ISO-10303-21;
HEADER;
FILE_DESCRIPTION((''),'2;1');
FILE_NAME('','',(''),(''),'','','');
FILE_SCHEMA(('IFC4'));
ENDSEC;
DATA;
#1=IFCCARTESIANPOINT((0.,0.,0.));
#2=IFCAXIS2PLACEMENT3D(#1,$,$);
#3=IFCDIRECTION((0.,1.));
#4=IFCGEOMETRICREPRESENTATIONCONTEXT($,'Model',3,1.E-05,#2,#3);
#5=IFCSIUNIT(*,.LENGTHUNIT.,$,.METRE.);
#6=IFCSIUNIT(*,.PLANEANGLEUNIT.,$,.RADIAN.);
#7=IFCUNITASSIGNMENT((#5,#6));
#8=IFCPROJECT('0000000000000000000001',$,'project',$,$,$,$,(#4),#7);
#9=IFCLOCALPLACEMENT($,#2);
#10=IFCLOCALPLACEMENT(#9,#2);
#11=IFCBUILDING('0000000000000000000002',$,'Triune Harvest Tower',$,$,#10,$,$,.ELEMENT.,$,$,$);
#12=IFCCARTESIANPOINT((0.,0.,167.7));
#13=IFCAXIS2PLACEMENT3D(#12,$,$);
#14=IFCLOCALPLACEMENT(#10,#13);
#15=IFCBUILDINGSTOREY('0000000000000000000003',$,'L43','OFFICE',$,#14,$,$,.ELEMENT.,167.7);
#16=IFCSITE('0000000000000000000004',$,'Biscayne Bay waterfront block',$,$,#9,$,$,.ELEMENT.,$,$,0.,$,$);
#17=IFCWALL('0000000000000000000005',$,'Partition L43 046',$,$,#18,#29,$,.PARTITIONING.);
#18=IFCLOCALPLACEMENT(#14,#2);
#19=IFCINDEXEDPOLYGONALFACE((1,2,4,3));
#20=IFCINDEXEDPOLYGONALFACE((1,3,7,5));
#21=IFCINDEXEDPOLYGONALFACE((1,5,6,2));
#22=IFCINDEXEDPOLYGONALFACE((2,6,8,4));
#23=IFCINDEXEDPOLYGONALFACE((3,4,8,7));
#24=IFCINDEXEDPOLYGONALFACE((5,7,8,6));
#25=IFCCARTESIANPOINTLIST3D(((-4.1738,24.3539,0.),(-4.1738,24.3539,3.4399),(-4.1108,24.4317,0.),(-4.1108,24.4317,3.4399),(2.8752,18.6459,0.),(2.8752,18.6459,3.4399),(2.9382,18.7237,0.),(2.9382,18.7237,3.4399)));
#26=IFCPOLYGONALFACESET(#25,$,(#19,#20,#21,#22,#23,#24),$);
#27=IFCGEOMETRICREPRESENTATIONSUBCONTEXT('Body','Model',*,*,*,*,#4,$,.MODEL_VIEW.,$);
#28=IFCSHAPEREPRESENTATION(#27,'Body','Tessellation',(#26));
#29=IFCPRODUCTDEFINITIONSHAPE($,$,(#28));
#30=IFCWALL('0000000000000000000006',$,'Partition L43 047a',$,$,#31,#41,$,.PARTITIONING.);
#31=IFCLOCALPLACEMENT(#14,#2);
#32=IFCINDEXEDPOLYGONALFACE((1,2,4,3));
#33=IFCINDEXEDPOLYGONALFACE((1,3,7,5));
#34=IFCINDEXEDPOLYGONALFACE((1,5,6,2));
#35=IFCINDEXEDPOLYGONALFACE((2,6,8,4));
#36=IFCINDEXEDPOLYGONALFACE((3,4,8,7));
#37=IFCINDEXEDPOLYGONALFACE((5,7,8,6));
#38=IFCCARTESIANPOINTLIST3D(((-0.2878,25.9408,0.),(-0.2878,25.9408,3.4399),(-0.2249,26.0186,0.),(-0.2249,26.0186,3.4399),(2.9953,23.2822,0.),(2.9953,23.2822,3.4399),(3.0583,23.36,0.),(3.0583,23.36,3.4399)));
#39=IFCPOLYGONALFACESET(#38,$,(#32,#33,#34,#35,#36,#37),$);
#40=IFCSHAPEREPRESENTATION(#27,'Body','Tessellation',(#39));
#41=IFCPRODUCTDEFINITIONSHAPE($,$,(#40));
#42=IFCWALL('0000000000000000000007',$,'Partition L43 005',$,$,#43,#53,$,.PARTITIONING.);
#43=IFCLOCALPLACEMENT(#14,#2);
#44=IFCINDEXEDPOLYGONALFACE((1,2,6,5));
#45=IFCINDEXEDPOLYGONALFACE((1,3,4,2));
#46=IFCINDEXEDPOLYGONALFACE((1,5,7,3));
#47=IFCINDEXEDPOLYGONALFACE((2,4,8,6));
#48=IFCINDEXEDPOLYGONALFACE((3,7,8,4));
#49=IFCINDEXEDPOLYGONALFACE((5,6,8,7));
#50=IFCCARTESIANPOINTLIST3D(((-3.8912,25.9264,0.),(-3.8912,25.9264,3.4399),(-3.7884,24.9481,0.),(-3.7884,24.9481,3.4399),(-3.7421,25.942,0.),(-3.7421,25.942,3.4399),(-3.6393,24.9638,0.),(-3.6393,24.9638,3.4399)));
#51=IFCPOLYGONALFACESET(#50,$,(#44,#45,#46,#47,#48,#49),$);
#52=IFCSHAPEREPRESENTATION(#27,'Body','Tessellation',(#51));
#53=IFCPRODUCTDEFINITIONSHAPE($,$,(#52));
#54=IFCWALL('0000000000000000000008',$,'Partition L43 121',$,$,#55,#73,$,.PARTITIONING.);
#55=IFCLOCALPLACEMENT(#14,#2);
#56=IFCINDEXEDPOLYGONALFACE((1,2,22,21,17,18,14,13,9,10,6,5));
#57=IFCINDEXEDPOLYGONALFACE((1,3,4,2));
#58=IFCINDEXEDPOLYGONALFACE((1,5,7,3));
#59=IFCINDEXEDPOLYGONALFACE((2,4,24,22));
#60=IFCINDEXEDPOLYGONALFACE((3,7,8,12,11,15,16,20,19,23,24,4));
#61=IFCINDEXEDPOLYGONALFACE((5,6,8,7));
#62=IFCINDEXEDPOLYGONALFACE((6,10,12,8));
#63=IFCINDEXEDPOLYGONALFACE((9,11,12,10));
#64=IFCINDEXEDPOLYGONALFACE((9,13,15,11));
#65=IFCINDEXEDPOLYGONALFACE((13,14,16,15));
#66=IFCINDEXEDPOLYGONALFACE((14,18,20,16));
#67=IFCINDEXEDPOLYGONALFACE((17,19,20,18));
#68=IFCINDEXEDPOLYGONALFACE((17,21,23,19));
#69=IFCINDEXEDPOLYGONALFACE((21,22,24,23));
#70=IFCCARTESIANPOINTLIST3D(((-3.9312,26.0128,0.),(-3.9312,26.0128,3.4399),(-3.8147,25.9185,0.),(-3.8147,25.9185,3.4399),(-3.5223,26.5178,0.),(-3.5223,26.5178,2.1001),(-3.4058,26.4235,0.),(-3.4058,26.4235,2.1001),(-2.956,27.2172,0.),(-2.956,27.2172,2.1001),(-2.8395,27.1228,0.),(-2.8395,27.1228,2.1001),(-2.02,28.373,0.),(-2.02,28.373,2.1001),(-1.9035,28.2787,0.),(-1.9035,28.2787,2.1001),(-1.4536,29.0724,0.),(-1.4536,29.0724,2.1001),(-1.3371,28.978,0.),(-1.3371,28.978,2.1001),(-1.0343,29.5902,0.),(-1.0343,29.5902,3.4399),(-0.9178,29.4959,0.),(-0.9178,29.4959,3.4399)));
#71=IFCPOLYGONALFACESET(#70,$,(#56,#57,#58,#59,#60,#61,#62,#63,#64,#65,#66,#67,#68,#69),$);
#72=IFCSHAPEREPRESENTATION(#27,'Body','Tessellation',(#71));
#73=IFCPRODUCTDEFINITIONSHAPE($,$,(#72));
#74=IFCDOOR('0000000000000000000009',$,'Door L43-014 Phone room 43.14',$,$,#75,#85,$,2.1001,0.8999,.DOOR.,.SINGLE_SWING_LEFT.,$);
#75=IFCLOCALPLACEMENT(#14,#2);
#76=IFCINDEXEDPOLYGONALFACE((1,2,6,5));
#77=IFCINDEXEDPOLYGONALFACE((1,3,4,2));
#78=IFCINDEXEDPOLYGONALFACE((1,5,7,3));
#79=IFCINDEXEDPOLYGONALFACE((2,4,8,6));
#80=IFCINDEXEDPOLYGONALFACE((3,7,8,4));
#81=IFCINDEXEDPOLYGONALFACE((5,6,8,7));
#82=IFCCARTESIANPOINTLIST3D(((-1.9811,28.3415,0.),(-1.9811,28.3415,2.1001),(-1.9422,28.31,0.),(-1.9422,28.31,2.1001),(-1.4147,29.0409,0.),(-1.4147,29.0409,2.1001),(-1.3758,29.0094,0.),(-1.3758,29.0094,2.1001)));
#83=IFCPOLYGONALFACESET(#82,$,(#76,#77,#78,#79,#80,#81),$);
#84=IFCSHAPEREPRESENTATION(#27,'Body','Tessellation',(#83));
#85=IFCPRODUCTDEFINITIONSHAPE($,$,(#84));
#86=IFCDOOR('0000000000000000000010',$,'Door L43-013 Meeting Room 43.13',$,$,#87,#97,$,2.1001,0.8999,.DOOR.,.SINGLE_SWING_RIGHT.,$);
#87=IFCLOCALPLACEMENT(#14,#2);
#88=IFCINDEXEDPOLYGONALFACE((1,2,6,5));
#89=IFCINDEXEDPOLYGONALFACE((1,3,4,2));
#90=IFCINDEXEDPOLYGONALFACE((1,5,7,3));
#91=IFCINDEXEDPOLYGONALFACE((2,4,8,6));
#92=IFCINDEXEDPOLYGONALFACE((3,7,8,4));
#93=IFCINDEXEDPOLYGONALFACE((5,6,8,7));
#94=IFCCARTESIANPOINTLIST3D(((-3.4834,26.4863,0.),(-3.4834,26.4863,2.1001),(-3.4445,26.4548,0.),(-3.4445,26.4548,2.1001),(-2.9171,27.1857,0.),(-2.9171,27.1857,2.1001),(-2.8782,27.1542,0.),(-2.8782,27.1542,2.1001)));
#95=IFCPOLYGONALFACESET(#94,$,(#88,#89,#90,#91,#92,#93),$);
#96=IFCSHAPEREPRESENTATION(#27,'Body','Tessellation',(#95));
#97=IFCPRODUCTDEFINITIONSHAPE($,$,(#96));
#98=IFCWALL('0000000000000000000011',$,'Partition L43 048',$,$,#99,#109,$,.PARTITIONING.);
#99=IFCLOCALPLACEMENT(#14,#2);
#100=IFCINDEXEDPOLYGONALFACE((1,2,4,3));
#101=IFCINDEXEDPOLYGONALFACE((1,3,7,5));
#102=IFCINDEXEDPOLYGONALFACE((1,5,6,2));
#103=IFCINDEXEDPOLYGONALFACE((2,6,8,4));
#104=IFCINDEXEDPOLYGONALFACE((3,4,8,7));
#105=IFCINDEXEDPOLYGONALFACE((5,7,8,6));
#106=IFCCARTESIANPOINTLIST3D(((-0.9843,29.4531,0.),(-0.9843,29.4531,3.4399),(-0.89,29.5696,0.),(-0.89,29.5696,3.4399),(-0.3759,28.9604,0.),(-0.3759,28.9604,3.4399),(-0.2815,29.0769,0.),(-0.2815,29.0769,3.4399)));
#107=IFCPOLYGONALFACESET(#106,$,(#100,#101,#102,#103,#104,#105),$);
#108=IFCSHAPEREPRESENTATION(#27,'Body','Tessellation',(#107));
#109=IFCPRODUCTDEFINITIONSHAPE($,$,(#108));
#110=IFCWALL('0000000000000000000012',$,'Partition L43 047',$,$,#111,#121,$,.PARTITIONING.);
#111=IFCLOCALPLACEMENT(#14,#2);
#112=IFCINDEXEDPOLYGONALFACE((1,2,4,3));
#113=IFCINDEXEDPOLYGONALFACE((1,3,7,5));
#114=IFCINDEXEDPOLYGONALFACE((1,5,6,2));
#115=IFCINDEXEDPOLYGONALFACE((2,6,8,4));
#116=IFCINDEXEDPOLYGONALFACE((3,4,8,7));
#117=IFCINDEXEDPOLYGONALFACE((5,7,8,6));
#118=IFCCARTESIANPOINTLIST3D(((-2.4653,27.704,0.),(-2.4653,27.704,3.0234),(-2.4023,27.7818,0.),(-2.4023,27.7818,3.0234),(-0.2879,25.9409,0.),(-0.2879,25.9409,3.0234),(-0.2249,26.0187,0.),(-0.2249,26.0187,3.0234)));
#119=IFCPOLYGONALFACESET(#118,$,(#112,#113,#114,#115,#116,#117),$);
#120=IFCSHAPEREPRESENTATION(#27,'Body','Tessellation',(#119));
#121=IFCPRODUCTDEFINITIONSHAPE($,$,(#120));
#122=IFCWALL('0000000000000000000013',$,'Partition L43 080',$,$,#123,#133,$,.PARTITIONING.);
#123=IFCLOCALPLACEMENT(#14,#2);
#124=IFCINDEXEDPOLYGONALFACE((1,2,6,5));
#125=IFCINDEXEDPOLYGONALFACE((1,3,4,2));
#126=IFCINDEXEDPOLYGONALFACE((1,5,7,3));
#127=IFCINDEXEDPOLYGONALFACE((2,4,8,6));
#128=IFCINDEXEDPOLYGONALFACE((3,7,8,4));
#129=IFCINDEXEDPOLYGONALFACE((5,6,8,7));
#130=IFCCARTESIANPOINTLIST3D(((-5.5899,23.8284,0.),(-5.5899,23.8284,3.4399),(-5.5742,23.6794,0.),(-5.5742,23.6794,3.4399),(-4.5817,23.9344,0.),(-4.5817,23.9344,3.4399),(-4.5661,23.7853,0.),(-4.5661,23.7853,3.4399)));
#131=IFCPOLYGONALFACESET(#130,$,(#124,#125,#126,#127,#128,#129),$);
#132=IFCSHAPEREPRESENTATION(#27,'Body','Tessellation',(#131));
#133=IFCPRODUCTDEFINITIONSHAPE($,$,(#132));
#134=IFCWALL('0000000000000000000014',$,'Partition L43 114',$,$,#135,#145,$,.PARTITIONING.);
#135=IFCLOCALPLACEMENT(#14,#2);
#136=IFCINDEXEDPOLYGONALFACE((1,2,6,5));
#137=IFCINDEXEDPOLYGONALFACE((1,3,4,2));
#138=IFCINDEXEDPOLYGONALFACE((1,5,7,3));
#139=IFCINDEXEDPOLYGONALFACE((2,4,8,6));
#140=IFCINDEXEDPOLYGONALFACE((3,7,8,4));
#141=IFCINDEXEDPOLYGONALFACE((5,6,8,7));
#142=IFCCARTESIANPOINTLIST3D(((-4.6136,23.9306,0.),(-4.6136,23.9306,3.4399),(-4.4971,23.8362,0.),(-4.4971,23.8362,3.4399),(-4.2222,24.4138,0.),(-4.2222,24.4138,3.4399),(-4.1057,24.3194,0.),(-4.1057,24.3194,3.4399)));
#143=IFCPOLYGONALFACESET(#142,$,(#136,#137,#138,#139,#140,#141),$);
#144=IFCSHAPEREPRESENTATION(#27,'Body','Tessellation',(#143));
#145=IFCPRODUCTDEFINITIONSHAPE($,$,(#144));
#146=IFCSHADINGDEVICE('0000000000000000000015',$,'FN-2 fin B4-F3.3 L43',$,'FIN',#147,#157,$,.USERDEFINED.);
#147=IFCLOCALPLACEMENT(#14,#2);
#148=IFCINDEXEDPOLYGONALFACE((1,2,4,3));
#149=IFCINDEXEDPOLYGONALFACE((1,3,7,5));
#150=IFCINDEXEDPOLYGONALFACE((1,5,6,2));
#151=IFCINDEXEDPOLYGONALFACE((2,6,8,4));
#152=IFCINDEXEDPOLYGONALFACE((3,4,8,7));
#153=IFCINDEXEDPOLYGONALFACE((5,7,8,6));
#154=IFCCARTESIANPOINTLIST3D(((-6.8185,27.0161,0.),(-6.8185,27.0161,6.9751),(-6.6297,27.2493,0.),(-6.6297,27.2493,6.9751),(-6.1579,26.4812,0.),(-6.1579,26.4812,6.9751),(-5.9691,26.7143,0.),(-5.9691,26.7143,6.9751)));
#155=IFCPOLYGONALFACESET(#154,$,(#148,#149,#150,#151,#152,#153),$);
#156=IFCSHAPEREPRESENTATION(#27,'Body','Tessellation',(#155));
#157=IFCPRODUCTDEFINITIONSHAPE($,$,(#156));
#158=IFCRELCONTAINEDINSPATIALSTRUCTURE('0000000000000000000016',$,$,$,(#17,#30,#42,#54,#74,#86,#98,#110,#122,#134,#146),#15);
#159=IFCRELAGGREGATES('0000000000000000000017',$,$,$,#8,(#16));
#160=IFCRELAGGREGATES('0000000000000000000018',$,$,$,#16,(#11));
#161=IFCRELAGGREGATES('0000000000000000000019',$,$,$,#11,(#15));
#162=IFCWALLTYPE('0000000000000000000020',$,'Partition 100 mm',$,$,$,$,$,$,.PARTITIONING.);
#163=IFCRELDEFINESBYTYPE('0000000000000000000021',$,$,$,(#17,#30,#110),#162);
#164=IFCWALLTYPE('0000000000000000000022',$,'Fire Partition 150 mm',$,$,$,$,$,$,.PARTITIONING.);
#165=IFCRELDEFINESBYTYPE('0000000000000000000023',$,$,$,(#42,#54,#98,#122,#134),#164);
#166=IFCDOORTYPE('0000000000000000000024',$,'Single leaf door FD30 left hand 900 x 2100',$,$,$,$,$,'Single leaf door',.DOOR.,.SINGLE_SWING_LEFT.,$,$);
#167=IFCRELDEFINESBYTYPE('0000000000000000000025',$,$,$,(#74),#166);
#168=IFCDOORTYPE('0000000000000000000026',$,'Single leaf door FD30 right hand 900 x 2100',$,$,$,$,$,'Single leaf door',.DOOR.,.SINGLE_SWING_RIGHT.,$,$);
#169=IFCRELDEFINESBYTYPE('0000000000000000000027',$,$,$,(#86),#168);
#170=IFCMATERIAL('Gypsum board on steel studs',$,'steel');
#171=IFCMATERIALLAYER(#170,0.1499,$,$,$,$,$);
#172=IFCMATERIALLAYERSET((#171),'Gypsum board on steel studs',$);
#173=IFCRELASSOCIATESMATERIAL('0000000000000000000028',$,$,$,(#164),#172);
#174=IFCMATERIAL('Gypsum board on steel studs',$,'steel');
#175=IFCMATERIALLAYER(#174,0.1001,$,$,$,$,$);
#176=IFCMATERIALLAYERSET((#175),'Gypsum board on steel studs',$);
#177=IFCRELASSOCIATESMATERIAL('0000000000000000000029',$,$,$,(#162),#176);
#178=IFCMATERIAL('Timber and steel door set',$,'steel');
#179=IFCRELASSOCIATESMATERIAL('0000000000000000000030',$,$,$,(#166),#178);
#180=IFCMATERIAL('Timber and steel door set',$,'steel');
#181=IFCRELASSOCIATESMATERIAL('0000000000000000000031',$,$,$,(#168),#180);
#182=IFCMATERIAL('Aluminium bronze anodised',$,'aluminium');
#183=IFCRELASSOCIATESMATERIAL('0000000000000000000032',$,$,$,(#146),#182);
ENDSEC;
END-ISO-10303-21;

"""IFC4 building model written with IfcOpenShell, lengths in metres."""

from ifc_helpers import new_model, si_unit, direction, frame, frame_2d, origin, origin_2d, place, context, subcontext, project, spatial, rectangle, extrude, source, transform, mapped, material, layer, layer_set, type_object, element, fill, save


model = new_model("IFC4")

# Units and contexts
model_context = context("Model", 3, precision=1e-05, world=origin(), true_north=direction((0.0, 1.0)))
body_context = subcontext(model_context, "Body", "Model", "MODEL_VIEW")
ifc_project = project(units=[si_unit("LENGTHUNIT", "METRE"), si_unit("PLANEANGLEUNIT", "RADIAN")], contexts=[model_context])

# Site, building, storey
site_placement = place(None, origin())
site = spatial("IfcSite", under=ifc_project, at=site_placement, Name="Biscayne Bay waterfront block", CompositionType="ELEMENT", RefElevation=0.0)
building_placement = place(site_placement, origin())
building = spatial("IfcBuilding", under=site, at=building_placement, Name="Triune Harvest Tower", CompositionType="ELEMENT")
storey_placement = place(building_placement, frame((0.0, 0.0, 167.7)))
storey = spatial("IfcBuildingStorey", under=building, at=storey_placement, Name="L43", Description="OFFICE", CompositionType="ELEMENT", Elevation=167.7)

# Walls
ifc_material_1 = material(Name="Gypsum board on steel studs", Category="steel")
ifc_layer_1 = layer(ifc_material_1, 0.1499)
ifc_layer_set_1 = layer_set([ifc_layer_1], Name="Gypsum board on steel studs")
wall_type_1 = type_object("IfcWallType", Name="Fire Partition 150 mm", PredefinedType="PARTITIONING", material=ifc_layer_set_1)
ifc_material_2 = material(Name="Gypsum board on steel studs", Category="steel")
ifc_layer_2 = layer(ifc_material_2, 0.1001)
ifc_layer_set_2 = layer_set([ifc_layer_2], Name="Gypsum board on steel studs")
wall_type_2 = type_object("IfcWallType", Name="Partition 100 mm", PredefinedType="PARTITIONING", material=ifc_layer_set_2)
wall_1_placement = place(storey_placement, frame((-4.1423, 24.3928, 0.0), z_axis=(0.0, 0.0, 1.0), x_axis=(0.777158, -0.629306, 0.0)))
element("IfcWall", 1, at=wall_1_placement, inside=storey, type_object=wall_type_2, Name="Partition L43 046", PredefinedType="PARTITIONING", context=body_context, shape_type="SweptSolid", body=[
    extrude(rectangle(XDim=9.0703, YDim=0.1001, at=frame_2d((4.5352, 0.0))), origin(), (0.0, 0.0, 1.0), 3.4399),
])
wall_2_placement = place(storey_placement, frame((-0.2563, 25.9797, 0.0), z_axis=(0.0, 0.0, 1.0), x_axis=(0.777145, -0.629321, 0.0)))
element("IfcWall", 2, at=wall_2_placement, inside=storey, type_object=wall_type_2, Name="Partition L43 047a", PredefinedType="PARTITIONING", context=body_context, shape_type="SweptSolid", body=[
    extrude(rectangle(XDim=4.2246, YDim=0.1001, at=frame_2d((2.1123, 0.0))), origin(), (0.0, 0.0, 1.0), 3.4399),
])
shared_shape_1 = source(origin(), body_context, "Body", "SweptSolid", [
    extrude(rectangle(XDim=0.9836, YDim=0.1499, at=frame_2d((0.4917, 0.0))), origin(), (0.0, 0.0, 1.0), 3.4399),
])
wall_3_placement = place(storey_placement, frame((-3.8167, 25.9341, 0.0), z_axis=(0.0, 0.0, 1.0), x_axis=(0.104491, -0.994526, 0.0)))
element("IfcWall", 3, at=wall_3_placement, inside=storey, type_object=wall_type_1, Name="Partition L43 005", PredefinedType="PARTITIONING", context=body_context, shape_type="MappedRepresentation", body=[
    mapped(shared_shape_1, transform((0.0, 0.0, 0.0), scale=1.0)),
])

# Wall, openings, doors
shared_shape_2 = source(origin(), body_context, "Body", "SweptSolid", [
    extrude(rectangle(XDim=4.6033, YDim=0.1499, at=frame_2d((2.3018, 0.0))), origin(), (0.0, 0.0, 1.0), 3.4399),
])
wall_4_placement = place(storey_placement, frame((-3.873, 25.9656, 0.0), z_axis=(0.0, 0.0, 1.0), x_axis=(0.629328, 0.77714, 0.0)))
wall_4 = element("IfcWall", 4, at=wall_4_placement, inside=storey, type_object=wall_type_1, Name="Partition L43 121", PredefinedType="PARTITIONING", context=body_context, shape_type="MappedRepresentation", body=[
    mapped(shared_shape_2, transform((0.0, 0.0, 0.0), scale=1.0)),
])
opening_1_placement = place(wall_4_placement, frame((0.6499, 0.0, 0.0)))
opening_1 = element("IfcOpeningElement", 5, at=opening_1_placement, cuts=wall_4, PredefinedType="OPENING", context=body_context, shape_type="SweptSolid", body=[
    extrude(rectangle(XDim=0.8999, YDim=2.1001, at=frame_2d((0.45, 1.05))), frame((0.0, 0.085, 0.0), z_axis=(0.0, -1.0, 0.0), x_axis=(1.0, 0.0, 0.0)), (0.0, 0.0, 1.0), 0.1699),
])
opening_2_placement = place(wall_4_placement, frame((3.0371, 0.0, 0.0)))
opening_2 = element("IfcOpeningElement", 6, at=opening_2_placement, cuts=wall_4, PredefinedType="OPENING", context=body_context, shape_type="SweptSolid", body=[
    extrude(rectangle(XDim=0.8999, YDim=2.1001, at=frame_2d((0.45, 1.05))), frame((0.0, 0.085, 0.0), z_axis=(0.0, -1.0, 0.0), x_axis=(1.0, 0.0, 0.0)), (0.0, 0.0, 1.0), 0.1699),
])
ifc_material_3 = material(Name="Timber and steel door set", Category="steel")
door_type_1 = type_object("IfcDoorType", Name="Single leaf door FD30 left hand 900 x 2100", ElementType="Single leaf door", OperationType="SINGLE_SWING_LEFT", PredefinedType="DOOR", material=ifc_material_3)
door_1_placement = place(opening_2_placement, origin())
door_1 = element("IfcDoor", 7, at=door_1_placement, inside=storey, type_object=door_type_1, Name="Door L43-014 Phone room 43.14", OperationType="SINGLE_SWING_LEFT", OverallHeight=2.1001, OverallWidth=0.8999, PredefinedType="DOOR", context=body_context, shape_type="SweptSolid", body=[
    extrude(rectangle(XDim=0.8999, YDim=2.1001, at=frame_2d((0.45, 1.05))), frame((0.0, 0.0249, 0.0), z_axis=(0.0, -1.0, 0.0), x_axis=(1.0, 0.0, 0.0)), (0.0, 0.0, 1.0), 0.05),
])
fill(opening_2, door_1)
ifc_material_4 = material(Name="Timber and steel door set", Category="steel")
door_type_2 = type_object("IfcDoorType", Name="Single leaf door FD30 right hand 900 x 2100", ElementType="Single leaf door", OperationType="SINGLE_SWING_RIGHT", PredefinedType="DOOR", material=ifc_material_4)
door_2_placement = place(opening_1_placement, origin())
door_2 = element("IfcDoor", 8, at=door_2_placement, inside=storey, type_object=door_type_2, Name="Door L43-013 Meeting Room 43.13", OperationType="SINGLE_SWING_RIGHT", OverallHeight=2.1001, OverallWidth=0.8999, PredefinedType="DOOR", context=body_context, shape_type="SweptSolid", body=[
    extrude(rectangle(XDim=0.8999, YDim=2.1001, at=frame_2d((0.45, 1.05))), frame((0.0, 0.0249, 0.0), z_axis=(0.0, -1.0, 0.0), x_axis=(1.0, 0.0, 0.0)), (0.0, 0.0, 1.0), 0.05),
])
fill(opening_1, door_2)

# Walls
shared_shape_3 = source(origin(), body_context, "Body", "SweptSolid", [
    extrude(rectangle(XDim=0.783, YDim=0.1499, at=frame_2d((0.3916, 0.0))), origin(), (0.0, 0.0, 1.0), 3.4399),
])
wall_5_placement = place(storey_placement, frame((-0.9373, 29.5115, 0.0), z_axis=(0.0, 0.0, 1.0), x_axis=(0.777143, -0.629324, 0.0)))
element("IfcWall", 9, at=wall_5_placement, inside=storey, type_object=wall_type_1, Name="Partition L43 048", PredefinedType="PARTITIONING", context=body_context, shape_type="MappedRepresentation", body=[
    mapped(shared_shape_3, transform((0.0, 0.0, 0.0), scale=1.0)),
])
shared_shape_4 = source(origin(), body_context, "Body", "SweptSolid", [
    extrude(rectangle(XDim=2.8018, YDim=0.1001, at=frame_2d((1.4009, 0.0))), origin(), (0.0, 0.0, 1.0), 3.0234),
])
wall_6_placement = place(storey_placement, frame((-2.4338, 27.7429, 0.0), z_axis=(0.0, 0.0, 1.0), x_axis=(0.777166, -0.629296, 0.0)))
element("IfcWall", 10, at=wall_6_placement, inside=storey, type_object=wall_type_2, Name="Partition L43 047", PredefinedType="PARTITIONING", context=body_context, shape_type="MappedRepresentation", body=[
    mapped(shared_shape_4, transform((0.0, 0.0, 0.0), scale=1.0)),
])
shared_shape_5 = source(origin(), body_context, "Body", "SweptSolid", [
    extrude(rectangle(XDim=1.0137, YDim=0.1499, at=frame_2d((0.5068, 0.0))), origin(), (0.0, 0.0, 1.0), 3.4399),
])
wall_7_placement = place(storey_placement, frame((-5.582, 23.7539, 0.0), z_axis=(0.0, 0.0, 1.0), x_axis=(0.994521, 0.104534, 0.0)))
element("IfcWall", 11, at=wall_7_placement, inside=storey, type_object=wall_type_1, Name="Partition L43 080", PredefinedType="PARTITIONING", context=body_context, shape_type="MappedRepresentation", body=[
    mapped(shared_shape_5, transform((0.0, 0.0, 0.0), scale=1.0)),
])
shared_shape_6 = source(origin(), body_context, "Body", "SweptSolid", [
    extrude(rectangle(XDim=0.6218, YDim=0.1499, at=frame_2d((0.311, 0.0))), origin(), (0.0, 0.0, 1.0), 3.4399),
])
wall_8_placement = place(storey_placement, frame((-4.5554, 23.8833, 0.0), z_axis=(0.0, 0.0, 1.0), x_axis=(0.629424, 0.777062, 0.0)))
element("IfcWall", 12, at=wall_8_placement, inside=storey, type_object=wall_type_1, Name="Partition L43 114", PredefinedType="PARTITIONING", context=body_context, shape_type="MappedRepresentation", body=[
    mapped(shared_shape_6, transform((0.0, 0.0, 0.0), scale=1.0)),
])

# Shading device
ifc_material_5 = material(Name="Aluminium bronze anodised", Category="aluminium")
shared_shape_7 = source(origin(), body_context, "Body", "SweptSolid", [
    extrude(rectangle(XDim=0.3, YDim=0.8501, at=origin_2d()), origin(), (0.0, 0.0, 1.0), 6.9751),
])
shading_device_placement = place(storey_placement, frame((-6.3938, 26.8652, 0.0), z_axis=(0.0, 0.0, 1.0), x_axis=(-0.629321, -0.777145, 0.0)))
element("IfcShadingDevice", 13, at=shading_device_placement, inside=storey, material=ifc_material_5, Name="FN-2 fin B4-F3.3 L43", ObjectType="FIN", PredefinedType="USERDEFINED", context=body_context, shape_type="MappedRepresentation", body=[
    mapped(shared_shape_7, transform((0.0, 0.0, 0.0), scale=1.0)),
])

save(model, "model.ifc")
